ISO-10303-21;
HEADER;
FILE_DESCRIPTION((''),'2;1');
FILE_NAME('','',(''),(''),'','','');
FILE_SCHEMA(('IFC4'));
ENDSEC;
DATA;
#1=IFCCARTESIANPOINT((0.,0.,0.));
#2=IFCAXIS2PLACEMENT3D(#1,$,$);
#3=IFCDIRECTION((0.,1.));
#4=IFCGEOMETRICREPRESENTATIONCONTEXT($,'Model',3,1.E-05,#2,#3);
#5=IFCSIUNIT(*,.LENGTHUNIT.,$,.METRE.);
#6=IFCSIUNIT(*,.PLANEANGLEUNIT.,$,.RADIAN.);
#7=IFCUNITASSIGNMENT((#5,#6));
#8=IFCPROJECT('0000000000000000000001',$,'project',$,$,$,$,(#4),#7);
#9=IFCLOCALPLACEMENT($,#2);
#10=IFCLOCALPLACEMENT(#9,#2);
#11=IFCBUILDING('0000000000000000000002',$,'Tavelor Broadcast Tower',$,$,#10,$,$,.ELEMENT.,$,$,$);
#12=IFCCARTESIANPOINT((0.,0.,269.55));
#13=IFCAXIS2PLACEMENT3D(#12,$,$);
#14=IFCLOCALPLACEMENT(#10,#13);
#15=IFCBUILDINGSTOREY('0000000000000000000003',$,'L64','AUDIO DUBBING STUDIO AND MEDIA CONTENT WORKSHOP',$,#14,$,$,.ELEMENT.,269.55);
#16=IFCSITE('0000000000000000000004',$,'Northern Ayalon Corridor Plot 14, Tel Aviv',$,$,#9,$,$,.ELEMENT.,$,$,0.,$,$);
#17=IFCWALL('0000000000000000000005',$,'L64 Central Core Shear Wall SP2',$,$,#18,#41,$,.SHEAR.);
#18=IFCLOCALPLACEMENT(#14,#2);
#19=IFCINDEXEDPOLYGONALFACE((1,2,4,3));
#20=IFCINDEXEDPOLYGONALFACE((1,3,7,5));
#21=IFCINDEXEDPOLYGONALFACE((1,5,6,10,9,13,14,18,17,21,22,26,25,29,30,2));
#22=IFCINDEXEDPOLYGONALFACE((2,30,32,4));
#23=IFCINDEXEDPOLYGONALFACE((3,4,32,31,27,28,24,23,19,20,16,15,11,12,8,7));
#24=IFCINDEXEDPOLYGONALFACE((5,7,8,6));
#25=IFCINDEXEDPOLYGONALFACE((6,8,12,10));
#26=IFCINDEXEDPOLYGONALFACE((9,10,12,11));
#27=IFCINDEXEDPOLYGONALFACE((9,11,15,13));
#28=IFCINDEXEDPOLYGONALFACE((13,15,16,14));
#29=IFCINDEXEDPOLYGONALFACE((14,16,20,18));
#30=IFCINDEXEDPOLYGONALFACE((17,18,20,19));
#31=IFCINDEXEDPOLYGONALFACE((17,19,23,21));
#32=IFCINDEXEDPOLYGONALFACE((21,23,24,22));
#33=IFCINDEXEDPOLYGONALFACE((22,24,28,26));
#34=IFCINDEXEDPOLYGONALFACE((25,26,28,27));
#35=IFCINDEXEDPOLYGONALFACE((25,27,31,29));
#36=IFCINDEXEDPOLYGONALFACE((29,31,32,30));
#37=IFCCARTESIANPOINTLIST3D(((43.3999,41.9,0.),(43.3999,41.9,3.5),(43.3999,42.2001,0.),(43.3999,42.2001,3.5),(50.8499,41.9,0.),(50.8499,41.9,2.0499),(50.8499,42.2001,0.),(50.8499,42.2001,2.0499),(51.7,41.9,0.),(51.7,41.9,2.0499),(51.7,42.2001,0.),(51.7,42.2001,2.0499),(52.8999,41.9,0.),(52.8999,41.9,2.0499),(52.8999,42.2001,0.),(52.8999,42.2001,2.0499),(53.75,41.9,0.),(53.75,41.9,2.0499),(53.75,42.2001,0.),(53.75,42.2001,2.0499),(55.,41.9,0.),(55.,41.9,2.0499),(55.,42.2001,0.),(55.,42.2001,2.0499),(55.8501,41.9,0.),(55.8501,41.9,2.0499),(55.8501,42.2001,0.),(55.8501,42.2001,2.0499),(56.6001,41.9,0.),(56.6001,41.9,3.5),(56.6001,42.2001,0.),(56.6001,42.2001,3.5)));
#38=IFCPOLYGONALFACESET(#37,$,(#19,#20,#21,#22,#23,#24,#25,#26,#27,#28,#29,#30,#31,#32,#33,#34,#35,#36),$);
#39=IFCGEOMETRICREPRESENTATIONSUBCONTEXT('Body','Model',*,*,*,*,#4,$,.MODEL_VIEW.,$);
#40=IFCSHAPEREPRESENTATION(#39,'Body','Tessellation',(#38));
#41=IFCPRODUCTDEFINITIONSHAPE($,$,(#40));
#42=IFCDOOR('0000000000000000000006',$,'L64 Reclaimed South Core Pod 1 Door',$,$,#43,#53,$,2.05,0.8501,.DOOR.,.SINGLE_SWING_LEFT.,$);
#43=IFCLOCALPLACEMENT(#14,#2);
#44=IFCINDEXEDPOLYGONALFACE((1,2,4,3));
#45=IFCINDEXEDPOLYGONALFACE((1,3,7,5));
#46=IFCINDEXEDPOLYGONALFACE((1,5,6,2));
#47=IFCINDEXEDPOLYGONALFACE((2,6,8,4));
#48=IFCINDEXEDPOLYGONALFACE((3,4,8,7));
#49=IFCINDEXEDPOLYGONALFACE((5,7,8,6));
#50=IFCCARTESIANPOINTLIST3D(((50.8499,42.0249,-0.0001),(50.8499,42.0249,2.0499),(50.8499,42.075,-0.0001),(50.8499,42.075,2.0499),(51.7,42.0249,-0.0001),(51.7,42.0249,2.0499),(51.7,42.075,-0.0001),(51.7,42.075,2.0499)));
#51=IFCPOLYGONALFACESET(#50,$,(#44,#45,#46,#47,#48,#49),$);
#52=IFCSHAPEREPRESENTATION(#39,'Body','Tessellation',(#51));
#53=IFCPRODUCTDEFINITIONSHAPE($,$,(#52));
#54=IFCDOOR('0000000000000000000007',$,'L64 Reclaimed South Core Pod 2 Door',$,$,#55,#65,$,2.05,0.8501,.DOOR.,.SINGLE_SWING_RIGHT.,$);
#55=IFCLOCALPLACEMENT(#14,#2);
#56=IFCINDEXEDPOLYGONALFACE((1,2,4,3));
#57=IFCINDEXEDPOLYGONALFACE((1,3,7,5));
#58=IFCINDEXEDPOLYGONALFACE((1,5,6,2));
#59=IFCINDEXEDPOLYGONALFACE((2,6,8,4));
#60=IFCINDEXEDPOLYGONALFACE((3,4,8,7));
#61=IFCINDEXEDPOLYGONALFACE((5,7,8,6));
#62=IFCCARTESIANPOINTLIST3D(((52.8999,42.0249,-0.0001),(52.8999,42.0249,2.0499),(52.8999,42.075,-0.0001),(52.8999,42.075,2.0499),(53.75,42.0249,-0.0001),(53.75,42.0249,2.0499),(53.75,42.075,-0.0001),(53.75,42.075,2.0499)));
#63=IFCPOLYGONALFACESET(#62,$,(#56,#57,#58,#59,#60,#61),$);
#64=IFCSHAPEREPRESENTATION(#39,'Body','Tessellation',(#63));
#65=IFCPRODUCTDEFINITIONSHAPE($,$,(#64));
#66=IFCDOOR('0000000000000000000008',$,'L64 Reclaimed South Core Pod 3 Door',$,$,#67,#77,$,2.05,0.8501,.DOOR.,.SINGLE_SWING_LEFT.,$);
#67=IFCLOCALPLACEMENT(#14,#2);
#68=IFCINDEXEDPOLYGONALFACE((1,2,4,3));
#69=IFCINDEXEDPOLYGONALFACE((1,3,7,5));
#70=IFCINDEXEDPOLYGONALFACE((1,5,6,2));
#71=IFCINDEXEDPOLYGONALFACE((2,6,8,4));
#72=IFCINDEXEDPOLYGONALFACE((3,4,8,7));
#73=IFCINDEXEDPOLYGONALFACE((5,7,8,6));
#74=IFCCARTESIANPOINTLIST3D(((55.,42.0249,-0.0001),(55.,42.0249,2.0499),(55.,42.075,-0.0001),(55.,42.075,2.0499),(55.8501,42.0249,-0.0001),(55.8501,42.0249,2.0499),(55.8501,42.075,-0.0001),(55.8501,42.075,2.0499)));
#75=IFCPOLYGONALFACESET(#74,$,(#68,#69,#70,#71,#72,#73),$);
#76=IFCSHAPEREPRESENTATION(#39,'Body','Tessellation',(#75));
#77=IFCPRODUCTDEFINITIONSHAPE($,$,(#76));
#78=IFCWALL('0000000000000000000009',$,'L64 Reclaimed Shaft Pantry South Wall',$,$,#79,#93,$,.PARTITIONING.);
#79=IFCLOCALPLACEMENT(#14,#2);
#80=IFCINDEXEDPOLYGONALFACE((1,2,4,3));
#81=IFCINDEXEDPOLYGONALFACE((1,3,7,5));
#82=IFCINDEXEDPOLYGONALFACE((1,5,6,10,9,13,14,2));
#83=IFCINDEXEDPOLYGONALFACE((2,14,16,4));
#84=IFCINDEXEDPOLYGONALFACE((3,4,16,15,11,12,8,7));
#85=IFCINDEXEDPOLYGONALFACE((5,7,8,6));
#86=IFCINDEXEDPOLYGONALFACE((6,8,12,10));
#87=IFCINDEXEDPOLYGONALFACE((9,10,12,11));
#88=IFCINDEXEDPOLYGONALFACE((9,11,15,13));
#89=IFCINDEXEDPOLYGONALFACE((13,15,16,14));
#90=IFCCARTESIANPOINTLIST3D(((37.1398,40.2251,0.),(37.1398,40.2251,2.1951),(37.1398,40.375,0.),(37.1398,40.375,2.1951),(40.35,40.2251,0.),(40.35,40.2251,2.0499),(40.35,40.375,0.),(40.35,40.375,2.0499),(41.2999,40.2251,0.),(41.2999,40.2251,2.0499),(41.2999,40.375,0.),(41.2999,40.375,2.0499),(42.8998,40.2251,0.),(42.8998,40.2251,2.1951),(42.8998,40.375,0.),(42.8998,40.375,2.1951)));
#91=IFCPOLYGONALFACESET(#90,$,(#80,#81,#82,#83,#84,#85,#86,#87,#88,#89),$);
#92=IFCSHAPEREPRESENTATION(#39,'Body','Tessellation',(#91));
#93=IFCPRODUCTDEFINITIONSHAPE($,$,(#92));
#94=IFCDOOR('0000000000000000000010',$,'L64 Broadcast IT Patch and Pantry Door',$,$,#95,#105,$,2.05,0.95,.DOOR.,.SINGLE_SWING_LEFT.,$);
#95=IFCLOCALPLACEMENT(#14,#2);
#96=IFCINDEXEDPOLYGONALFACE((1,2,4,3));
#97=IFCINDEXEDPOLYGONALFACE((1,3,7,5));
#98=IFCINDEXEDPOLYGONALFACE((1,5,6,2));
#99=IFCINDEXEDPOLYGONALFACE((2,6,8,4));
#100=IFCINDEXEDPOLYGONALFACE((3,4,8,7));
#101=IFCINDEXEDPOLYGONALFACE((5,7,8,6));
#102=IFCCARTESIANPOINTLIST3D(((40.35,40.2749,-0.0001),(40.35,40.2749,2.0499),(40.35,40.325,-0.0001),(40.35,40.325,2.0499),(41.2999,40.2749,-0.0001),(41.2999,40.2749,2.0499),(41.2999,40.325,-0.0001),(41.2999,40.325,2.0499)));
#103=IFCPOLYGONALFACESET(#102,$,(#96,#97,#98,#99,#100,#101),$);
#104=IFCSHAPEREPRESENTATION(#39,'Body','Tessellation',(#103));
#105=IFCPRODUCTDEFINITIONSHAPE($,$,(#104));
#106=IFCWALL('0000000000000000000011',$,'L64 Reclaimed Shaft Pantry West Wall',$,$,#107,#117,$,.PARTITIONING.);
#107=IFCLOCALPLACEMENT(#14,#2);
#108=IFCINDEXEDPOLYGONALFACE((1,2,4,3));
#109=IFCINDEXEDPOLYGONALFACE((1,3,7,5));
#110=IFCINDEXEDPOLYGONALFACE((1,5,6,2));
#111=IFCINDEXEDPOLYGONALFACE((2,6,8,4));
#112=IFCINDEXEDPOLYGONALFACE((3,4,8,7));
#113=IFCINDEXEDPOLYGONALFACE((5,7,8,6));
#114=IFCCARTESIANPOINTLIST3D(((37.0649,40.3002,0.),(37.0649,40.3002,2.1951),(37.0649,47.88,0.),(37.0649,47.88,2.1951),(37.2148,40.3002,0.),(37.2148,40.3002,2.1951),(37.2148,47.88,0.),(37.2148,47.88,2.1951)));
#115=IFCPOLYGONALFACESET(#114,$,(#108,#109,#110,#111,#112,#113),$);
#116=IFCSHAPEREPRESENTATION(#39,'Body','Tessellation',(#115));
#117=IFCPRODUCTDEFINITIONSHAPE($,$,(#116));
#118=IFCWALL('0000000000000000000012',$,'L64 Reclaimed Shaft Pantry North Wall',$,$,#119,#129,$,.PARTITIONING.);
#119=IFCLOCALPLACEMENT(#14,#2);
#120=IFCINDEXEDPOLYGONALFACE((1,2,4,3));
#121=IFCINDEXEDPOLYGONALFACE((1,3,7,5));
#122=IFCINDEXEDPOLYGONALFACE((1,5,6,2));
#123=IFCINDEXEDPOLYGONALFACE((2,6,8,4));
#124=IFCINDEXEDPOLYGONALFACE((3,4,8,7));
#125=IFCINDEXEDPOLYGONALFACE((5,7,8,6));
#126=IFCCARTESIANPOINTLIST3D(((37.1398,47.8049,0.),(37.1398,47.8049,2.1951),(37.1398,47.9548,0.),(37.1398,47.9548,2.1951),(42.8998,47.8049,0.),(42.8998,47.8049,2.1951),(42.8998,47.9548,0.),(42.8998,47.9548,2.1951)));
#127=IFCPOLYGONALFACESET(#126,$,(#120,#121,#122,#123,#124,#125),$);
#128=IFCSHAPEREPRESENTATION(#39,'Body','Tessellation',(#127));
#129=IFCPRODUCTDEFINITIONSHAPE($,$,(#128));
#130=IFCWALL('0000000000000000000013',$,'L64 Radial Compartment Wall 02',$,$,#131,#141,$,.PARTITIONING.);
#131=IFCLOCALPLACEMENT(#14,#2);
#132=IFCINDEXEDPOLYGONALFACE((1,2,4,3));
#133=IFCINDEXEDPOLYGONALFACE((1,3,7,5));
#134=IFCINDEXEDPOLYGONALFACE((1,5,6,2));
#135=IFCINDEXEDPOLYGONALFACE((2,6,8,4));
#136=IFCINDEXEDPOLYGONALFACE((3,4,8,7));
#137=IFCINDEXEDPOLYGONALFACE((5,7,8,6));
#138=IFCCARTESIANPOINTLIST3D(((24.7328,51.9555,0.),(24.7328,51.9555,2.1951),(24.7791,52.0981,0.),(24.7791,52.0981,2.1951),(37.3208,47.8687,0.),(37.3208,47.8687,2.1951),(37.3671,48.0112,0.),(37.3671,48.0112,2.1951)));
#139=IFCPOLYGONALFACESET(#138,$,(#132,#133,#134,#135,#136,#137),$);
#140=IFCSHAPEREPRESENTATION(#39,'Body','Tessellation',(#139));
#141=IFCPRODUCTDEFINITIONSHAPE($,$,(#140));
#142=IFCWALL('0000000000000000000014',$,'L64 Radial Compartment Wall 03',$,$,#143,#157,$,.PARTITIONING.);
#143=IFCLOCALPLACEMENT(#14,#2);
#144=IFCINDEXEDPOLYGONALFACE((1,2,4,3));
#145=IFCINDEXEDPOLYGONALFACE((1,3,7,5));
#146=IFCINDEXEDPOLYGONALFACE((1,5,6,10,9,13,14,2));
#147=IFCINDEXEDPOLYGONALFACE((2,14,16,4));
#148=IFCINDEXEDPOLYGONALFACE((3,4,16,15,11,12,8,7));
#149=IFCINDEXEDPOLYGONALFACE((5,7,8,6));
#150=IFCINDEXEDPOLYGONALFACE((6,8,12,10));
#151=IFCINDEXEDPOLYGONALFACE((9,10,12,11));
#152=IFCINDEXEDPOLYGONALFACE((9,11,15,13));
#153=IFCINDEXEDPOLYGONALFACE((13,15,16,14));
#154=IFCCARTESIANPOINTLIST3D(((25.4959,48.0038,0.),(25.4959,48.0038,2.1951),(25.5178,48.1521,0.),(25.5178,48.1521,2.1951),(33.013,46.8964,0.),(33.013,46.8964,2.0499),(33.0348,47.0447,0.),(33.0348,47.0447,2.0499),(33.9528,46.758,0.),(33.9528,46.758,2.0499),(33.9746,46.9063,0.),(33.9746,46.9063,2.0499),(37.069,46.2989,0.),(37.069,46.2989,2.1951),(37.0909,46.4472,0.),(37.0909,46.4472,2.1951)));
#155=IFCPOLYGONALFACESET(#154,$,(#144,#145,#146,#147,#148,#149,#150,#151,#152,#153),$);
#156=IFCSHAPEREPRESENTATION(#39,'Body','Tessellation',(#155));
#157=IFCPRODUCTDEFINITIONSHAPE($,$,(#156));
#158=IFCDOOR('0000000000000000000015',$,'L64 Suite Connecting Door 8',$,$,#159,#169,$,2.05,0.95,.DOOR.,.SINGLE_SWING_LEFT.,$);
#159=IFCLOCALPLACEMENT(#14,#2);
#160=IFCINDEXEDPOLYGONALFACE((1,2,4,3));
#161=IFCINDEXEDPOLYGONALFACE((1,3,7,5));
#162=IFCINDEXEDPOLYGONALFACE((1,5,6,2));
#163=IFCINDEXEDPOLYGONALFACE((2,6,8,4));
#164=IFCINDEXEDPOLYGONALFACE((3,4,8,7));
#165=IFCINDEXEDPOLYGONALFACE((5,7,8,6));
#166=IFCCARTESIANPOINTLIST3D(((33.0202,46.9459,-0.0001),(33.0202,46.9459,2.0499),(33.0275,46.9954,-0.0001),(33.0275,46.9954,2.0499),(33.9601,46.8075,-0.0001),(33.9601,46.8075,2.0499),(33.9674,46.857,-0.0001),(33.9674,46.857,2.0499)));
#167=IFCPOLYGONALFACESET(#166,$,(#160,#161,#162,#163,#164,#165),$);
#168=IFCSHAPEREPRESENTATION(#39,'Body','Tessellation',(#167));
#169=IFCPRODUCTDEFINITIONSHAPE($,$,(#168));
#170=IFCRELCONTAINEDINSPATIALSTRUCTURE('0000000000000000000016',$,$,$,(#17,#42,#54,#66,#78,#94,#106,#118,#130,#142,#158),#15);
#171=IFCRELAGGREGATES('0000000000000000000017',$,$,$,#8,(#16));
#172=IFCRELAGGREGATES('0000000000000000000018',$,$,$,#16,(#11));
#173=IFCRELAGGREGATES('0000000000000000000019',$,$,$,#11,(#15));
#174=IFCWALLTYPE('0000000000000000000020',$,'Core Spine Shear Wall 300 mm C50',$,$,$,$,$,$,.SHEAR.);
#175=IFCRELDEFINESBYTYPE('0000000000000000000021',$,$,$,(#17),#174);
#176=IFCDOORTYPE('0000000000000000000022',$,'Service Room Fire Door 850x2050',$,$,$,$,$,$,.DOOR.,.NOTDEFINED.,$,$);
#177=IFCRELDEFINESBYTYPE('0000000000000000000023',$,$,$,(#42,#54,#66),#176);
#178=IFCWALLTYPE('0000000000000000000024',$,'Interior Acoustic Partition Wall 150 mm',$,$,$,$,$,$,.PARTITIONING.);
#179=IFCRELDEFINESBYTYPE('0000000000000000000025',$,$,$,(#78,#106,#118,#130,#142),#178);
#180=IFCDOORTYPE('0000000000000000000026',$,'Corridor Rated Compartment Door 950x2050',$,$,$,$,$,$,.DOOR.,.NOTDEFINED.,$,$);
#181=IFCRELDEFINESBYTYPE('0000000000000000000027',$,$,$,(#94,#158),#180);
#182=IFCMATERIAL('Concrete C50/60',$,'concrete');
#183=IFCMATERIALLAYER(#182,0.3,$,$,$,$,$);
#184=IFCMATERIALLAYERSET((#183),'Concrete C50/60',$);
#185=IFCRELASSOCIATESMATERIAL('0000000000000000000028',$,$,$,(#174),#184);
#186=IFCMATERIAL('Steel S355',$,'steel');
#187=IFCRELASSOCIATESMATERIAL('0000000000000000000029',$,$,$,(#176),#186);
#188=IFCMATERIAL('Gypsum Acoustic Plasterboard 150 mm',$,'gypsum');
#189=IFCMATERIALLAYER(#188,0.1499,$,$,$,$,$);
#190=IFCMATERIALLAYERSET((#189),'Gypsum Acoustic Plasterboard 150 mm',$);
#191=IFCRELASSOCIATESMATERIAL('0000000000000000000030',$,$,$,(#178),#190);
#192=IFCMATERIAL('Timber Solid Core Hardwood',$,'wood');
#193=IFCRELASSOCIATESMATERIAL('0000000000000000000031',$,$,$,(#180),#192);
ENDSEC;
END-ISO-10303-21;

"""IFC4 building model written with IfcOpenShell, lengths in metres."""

from ifc_helpers import new_model, si_unit, direction, frame, frame_2d, origin, place, context, subcontext, project, spatial, rectangle, extrude, material, layer, layer_set, type_object, element, fill, save


model = new_model("IFC4")

# Units and contexts
model_context = context("Model", 3, precision=1e-05, world=origin(), true_north=direction((0.0, 1.0)))
body_context = subcontext(model_context, "Body", "Model", "MODEL_VIEW")
ifc_project = project(units=[si_unit("LENGTHUNIT", "METRE"), si_unit("PLANEANGLEUNIT", "RADIAN")], contexts=[model_context])

# Site, building, storey
site_placement = place(None, origin())
site = spatial("IfcSite", under=ifc_project, at=site_placement, Name="Northern Ayalon Corridor Plot 14, Tel Aviv", CompositionType="ELEMENT", RefElevation=0.0)
building_placement = place(site_placement, origin())
building = spatial("IfcBuilding", under=site, at=building_placement, Name="Tavelor Broadcast Tower", CompositionType="ELEMENT")
storey_placement = place(building_placement, frame((0.0, 0.0, 269.55)))
storey = spatial("IfcBuildingStorey", under=building, at=storey_placement, Name="L64", Description="AUDIO DUBBING STUDIO AND MEDIA CONTENT WORKSHOP", CompositionType="ELEMENT", Elevation=269.55)

# Shared definitions
ifc_material_1 = material(Name="Concrete C50/60", Category="concrete")

# Wall, openings, doors
ifc_layer_1 = layer(ifc_material_1, 0.3)
ifc_layer_set_1 = layer_set([ifc_layer_1], Name="Concrete C50/60")
wall_type_1 = type_object("IfcWallType", Name="Core Spine Shear Wall 300 mm C50", PredefinedType="SHEAR", material=ifc_layer_set_1)
wall_1_placement = place(storey_placement, frame((43.3999, 42.05, 0.0), z_axis=(0.0, 0.0, 1.0), x_axis=(1.0, 0.0, 0.0)))
wall_1 = element("IfcWall", 1, at=wall_1_placement, inside=storey, type_object=wall_type_1, Name="L64 Central Core Shear Wall SP2", PredefinedType="SHEAR", context=body_context, shape_type="SweptSolid", body=[
    extrude(rectangle(XDim=13.2002, YDim=0.3, at=frame_2d((6.6001, 0.0))), origin(), (0.0, 0.0, 1.0), 3.5),
])
opening_1_placement = place(wall_1_placement, frame((7.45, 0.0, 0.0)))
opening_1 = element("IfcOpeningElement", 2, at=opening_1_placement, cuts=wall_1, PredefinedType="OPENING", context=body_context, shape_type="SweptSolid", body=[
    extrude(rectangle(XDim=0.8501, YDim=2.05, at=frame_2d((0.425, 1.0249))), frame((0.0, 0.1602, 0.0), z_axis=(0.0, -1.0, 0.0), x_axis=(1.0, 0.0, 0.0)), (0.0, 0.0, 1.0), 0.3201),
])
opening_2_placement = place(wall_1_placement, frame((9.5, 0.0, 0.0)))
opening_2 = element("IfcOpeningElement", 3, at=opening_2_placement, cuts=wall_1, PredefinedType="OPENING", context=body_context, shape_type="SweptSolid", body=[
    extrude(rectangle(XDim=0.8501, YDim=2.05, at=frame_2d((0.425, 1.0249))), frame((0.0, 0.1602, 0.0), z_axis=(0.0, -1.0, 0.0), x_axis=(1.0, 0.0, 0.0)), (0.0, 0.0, 1.0), 0.3201),
])
opening_3_placement = place(wall_1_placement, frame((11.6001, 0.0, 0.0)))
opening_3 = element("IfcOpeningElement", 4, at=opening_3_placement, cuts=wall_1, PredefinedType="OPENING", context=body_context, shape_type="SweptSolid", body=[
    extrude(rectangle(XDim=0.8501, YDim=2.05, at=frame_2d((0.425, 1.0249))), frame((0.0, 0.1602, 0.0), z_axis=(0.0, -1.0, 0.0), x_axis=(1.0, 0.0, 0.0)), (0.0, 0.0, 1.0), 0.3201),
])
ifc_material_2 = material(Name="Steel S355", Category="steel")
door_type_1 = type_object("IfcDoorType", Name="Service Room Fire Door 850x2050", OperationType="NOTDEFINED", PredefinedType="DOOR", material=ifc_material_2)
door_1_placement = place(opening_1_placement, origin())
door_1 = element("IfcDoor", 5, at=door_1_placement, inside=storey, type_object=door_type_1, Name="L64 Reclaimed South Core Pod 1 Door", OperationType="SINGLE_SWING_LEFT", OverallHeight=2.05, OverallWidth=0.8501, PredefinedType="DOOR", context=body_context, shape_type="SweptSolid", body=[
    extrude(rectangle(XDim=0.8501, YDim=2.05, at=frame_2d((0.425, 1.0249))), frame((0.0, 0.0249, 0.0), z_axis=(0.0, -1.0, 0.0), x_axis=(1.0, 0.0, 0.0)), (0.0, 0.0, 1.0), 0.05),
])
fill(opening_1, door_1)
door_2_placement = place(opening_2_placement, origin())
door_2 = element("IfcDoor", 6, at=door_2_placement, inside=storey, type_object=door_type_1, Name="L64 Reclaimed South Core Pod 2 Door", OperationType="SINGLE_SWING_RIGHT", OverallHeight=2.05, OverallWidth=0.8501, PredefinedType="DOOR", context=body_context, shape_type="SweptSolid", body=[
    extrude(rectangle(XDim=0.8501, YDim=2.05, at=frame_2d((0.425, 1.0249))), frame((0.0, 0.0249, 0.0), z_axis=(0.0, -1.0, 0.0), x_axis=(1.0, 0.0, 0.0)), (0.0, 0.0, 1.0), 0.05),
])
fill(opening_2, door_2)
door_3_placement = place(opening_3_placement, origin())
door_3 = element("IfcDoor", 7, at=door_3_placement, inside=storey, type_object=door_type_1, Name="L64 Reclaimed South Core Pod 3 Door", OperationType="SINGLE_SWING_LEFT", OverallHeight=2.05, OverallWidth=0.8501, PredefinedType="DOOR", context=body_context, shape_type="SweptSolid", body=[
    extrude(rectangle(XDim=0.8501, YDim=2.05, at=frame_2d((0.425, 1.0249))), frame((0.0, 0.0249, 0.0), z_axis=(0.0, -1.0, 0.0), x_axis=(1.0, 0.0, 0.0)), (0.0, 0.0, 1.0), 0.05),
])
fill(opening_3, door_3)

# Wall, opening, door
ifc_material_3 = material(Name="Gypsum Acoustic Plasterboard 150 mm", Category="gypsum")
ifc_layer_2 = layer(ifc_material_3, 0.1499)
ifc_layer_set_2 = layer_set([ifc_layer_2], Name="Gypsum Acoustic Plasterboard 150 mm")
wall_type_2 = type_object("IfcWallType", Name="Interior Acoustic Partition Wall 150 mm", PredefinedType="PARTITIONING", material=ifc_layer_set_2)
wall_2_placement = place(storey_placement, frame((37.1399, 40.3, 0.0), z_axis=(0.0, 0.0, 1.0), x_axis=(1.0, 0.0, 0.0)))
wall_2 = element("IfcWall", 8, at=wall_2_placement, inside=storey, type_object=wall_type_2, Name="L64 Reclaimed Shaft Pantry South Wall", PredefinedType="PARTITIONING", context=body_context, shape_type="SweptSolid", body=[
    extrude(rectangle(XDim=5.76, YDim=0.1499, at=frame_2d((2.8799, 0.0))), origin(), (0.0, 0.0, 1.0), 2.1951),
])
opening_4_placement = place(wall_2_placement, frame((3.21, 0.0, 0.0)))
opening_4 = element("IfcOpeningElement", 9, at=opening_4_placement, cuts=wall_2, PredefinedType="OPENING", context=body_context, shape_type="SweptSolid", body=[
    extrude(rectangle(XDim=0.95, YDim=2.05, at=frame_2d((0.4751, 1.0249))), frame((0.0, 0.085, 0.0), z_axis=(0.0, -1.0, 0.0), x_axis=(1.0, 0.0, 0.0)), (0.0, 0.0, 1.0), 0.1699),
])
ifc_material_4 = material(Name="Timber Solid Core Hardwood", Category="wood")
door_type_2 = type_object("IfcDoorType", Name="Corridor Rated Compartment Door 950x2050", OperationType="NOTDEFINED", PredefinedType="DOOR", material=ifc_material_4)
door_4_placement = place(opening_4_placement, origin())
door_4 = element("IfcDoor", 10, at=door_4_placement, inside=storey, type_object=door_type_2, Name="L64 Broadcast IT Patch and Pantry Door", OperationType="SINGLE_SWING_LEFT", OverallHeight=2.05, OverallWidth=0.95, PredefinedType="DOOR", context=body_context, shape_type="SweptSolid", body=[
    extrude(rectangle(XDim=0.95, YDim=2.05, at=frame_2d((0.4751, 1.0249))), frame((0.0, 0.0249, 0.0), z_axis=(0.0, -1.0, 0.0), x_axis=(1.0, 0.0, 0.0)), (0.0, 0.0, 1.0), 0.05),
])
fill(opening_4, door_4)

# Walls
wall_3_placement = place(storey_placement, frame((37.1399, 40.3, 0.0), z_axis=(0.0, 0.0, 1.0), x_axis=(0.0, 1.0, 0.0)))
element("IfcWall", 11, at=wall_3_placement, inside=storey, type_object=wall_type_2, Name="L64 Reclaimed Shaft Pantry West Wall", PredefinedType="PARTITIONING", context=body_context, shape_type="SweptSolid", body=[
    extrude(rectangle(XDim=7.5798, YDim=0.1499, at=frame_2d((3.79, 0.0))), origin(), (0.0, 0.0, 1.0), 2.1951),
])
wall_4_placement = place(storey_placement, frame((37.1399, 47.8799, 0.0), z_axis=(0.0, 0.0, 1.0), x_axis=(1.0, 0.0, 0.0)))
element("IfcWall", 12, at=wall_4_placement, inside=storey, type_object=wall_type_2, Name="L64 Reclaimed Shaft Pantry North Wall", PredefinedType="PARTITIONING", context=body_context, shape_type="SweptSolid", body=[
    extrude(rectangle(XDim=5.76, YDim=0.1499, at=frame_2d((2.8799, 0.0))), origin(), (0.0, 0.0, 1.0), 2.1951),
])
wall_5_placement = place(storey_placement, frame((37.344, 47.9399, 0.0), z_axis=(0.0, 0.0, 1.0), x_axis=(-0.951128, 0.308797, 0.0)))
element("IfcWall", 13, at=wall_5_placement, inside=storey, type_object=wall_type_2, Name="L64 Radial Compartment Wall 02", PredefinedType="PARTITIONING", context=body_context, shape_type="SweptSolid", body=[
    extrude(rectangle(XDim=13.2349, YDim=0.1499, at=frame_2d((6.6174, 0.0))), origin(), (0.0, 0.0, 1.0), 2.1951),
])

# Wall, opening, door
wall_6_placement = place(storey_placement, frame((37.0801, 46.373, 0.0), z_axis=(0.0, 0.0, 1.0), x_axis=(-0.989323, 0.145739, 0.0)))
wall_6 = element("IfcWall", 14, at=wall_6_placement, inside=storey, type_object=wall_type_2, Name="L64 Radial Compartment Wall 03", PredefinedType="PARTITIONING", context=body_context, shape_type="SweptSolid", body=[
    extrude(rectangle(XDim=11.698, YDim=0.1499, at=frame_2d((5.8491, 0.0))), origin(), (0.0, 0.0, 1.0), 2.1951),
])
opening_5_placement = place(wall_6_placement, frame((3.1499, 0.0, 0.0)))
opening_5 = element("IfcOpeningElement", 15, at=opening_5_placement, cuts=wall_6, PredefinedType="OPENING", context=body_context, shape_type="SweptSolid", body=[
    extrude(rectangle(XDim=0.95, YDim=2.05, at=frame_2d((0.4751, 1.0249))), frame((0.0, 0.085, 0.0), z_axis=(0.0, -1.0, 0.0), x_axis=(1.0, 0.0, 0.0)), (0.0, 0.0, 1.0), 0.1699),
])
door_5_placement = place(opening_5_placement, origin())
door_5 = element("IfcDoor", 16, at=door_5_placement, inside=storey, type_object=door_type_2, Name="L64 Suite Connecting Door 8", OperationType="SINGLE_SWING_LEFT", OverallHeight=2.05, OverallWidth=0.95, PredefinedType="DOOR", context=body_context, shape_type="SweptSolid", body=[
    extrude(rectangle(XDim=0.95, YDim=2.05, at=frame_2d((0.4751, 1.0249))), frame((0.0, 0.0249, 0.0), z_axis=(0.0, -1.0, 0.0), x_axis=(1.0, 0.0, 0.0)), (0.0, 0.0, 1.0), 0.05),
])
fill(opening_5, door_5)

save(model, "model.ifc")
